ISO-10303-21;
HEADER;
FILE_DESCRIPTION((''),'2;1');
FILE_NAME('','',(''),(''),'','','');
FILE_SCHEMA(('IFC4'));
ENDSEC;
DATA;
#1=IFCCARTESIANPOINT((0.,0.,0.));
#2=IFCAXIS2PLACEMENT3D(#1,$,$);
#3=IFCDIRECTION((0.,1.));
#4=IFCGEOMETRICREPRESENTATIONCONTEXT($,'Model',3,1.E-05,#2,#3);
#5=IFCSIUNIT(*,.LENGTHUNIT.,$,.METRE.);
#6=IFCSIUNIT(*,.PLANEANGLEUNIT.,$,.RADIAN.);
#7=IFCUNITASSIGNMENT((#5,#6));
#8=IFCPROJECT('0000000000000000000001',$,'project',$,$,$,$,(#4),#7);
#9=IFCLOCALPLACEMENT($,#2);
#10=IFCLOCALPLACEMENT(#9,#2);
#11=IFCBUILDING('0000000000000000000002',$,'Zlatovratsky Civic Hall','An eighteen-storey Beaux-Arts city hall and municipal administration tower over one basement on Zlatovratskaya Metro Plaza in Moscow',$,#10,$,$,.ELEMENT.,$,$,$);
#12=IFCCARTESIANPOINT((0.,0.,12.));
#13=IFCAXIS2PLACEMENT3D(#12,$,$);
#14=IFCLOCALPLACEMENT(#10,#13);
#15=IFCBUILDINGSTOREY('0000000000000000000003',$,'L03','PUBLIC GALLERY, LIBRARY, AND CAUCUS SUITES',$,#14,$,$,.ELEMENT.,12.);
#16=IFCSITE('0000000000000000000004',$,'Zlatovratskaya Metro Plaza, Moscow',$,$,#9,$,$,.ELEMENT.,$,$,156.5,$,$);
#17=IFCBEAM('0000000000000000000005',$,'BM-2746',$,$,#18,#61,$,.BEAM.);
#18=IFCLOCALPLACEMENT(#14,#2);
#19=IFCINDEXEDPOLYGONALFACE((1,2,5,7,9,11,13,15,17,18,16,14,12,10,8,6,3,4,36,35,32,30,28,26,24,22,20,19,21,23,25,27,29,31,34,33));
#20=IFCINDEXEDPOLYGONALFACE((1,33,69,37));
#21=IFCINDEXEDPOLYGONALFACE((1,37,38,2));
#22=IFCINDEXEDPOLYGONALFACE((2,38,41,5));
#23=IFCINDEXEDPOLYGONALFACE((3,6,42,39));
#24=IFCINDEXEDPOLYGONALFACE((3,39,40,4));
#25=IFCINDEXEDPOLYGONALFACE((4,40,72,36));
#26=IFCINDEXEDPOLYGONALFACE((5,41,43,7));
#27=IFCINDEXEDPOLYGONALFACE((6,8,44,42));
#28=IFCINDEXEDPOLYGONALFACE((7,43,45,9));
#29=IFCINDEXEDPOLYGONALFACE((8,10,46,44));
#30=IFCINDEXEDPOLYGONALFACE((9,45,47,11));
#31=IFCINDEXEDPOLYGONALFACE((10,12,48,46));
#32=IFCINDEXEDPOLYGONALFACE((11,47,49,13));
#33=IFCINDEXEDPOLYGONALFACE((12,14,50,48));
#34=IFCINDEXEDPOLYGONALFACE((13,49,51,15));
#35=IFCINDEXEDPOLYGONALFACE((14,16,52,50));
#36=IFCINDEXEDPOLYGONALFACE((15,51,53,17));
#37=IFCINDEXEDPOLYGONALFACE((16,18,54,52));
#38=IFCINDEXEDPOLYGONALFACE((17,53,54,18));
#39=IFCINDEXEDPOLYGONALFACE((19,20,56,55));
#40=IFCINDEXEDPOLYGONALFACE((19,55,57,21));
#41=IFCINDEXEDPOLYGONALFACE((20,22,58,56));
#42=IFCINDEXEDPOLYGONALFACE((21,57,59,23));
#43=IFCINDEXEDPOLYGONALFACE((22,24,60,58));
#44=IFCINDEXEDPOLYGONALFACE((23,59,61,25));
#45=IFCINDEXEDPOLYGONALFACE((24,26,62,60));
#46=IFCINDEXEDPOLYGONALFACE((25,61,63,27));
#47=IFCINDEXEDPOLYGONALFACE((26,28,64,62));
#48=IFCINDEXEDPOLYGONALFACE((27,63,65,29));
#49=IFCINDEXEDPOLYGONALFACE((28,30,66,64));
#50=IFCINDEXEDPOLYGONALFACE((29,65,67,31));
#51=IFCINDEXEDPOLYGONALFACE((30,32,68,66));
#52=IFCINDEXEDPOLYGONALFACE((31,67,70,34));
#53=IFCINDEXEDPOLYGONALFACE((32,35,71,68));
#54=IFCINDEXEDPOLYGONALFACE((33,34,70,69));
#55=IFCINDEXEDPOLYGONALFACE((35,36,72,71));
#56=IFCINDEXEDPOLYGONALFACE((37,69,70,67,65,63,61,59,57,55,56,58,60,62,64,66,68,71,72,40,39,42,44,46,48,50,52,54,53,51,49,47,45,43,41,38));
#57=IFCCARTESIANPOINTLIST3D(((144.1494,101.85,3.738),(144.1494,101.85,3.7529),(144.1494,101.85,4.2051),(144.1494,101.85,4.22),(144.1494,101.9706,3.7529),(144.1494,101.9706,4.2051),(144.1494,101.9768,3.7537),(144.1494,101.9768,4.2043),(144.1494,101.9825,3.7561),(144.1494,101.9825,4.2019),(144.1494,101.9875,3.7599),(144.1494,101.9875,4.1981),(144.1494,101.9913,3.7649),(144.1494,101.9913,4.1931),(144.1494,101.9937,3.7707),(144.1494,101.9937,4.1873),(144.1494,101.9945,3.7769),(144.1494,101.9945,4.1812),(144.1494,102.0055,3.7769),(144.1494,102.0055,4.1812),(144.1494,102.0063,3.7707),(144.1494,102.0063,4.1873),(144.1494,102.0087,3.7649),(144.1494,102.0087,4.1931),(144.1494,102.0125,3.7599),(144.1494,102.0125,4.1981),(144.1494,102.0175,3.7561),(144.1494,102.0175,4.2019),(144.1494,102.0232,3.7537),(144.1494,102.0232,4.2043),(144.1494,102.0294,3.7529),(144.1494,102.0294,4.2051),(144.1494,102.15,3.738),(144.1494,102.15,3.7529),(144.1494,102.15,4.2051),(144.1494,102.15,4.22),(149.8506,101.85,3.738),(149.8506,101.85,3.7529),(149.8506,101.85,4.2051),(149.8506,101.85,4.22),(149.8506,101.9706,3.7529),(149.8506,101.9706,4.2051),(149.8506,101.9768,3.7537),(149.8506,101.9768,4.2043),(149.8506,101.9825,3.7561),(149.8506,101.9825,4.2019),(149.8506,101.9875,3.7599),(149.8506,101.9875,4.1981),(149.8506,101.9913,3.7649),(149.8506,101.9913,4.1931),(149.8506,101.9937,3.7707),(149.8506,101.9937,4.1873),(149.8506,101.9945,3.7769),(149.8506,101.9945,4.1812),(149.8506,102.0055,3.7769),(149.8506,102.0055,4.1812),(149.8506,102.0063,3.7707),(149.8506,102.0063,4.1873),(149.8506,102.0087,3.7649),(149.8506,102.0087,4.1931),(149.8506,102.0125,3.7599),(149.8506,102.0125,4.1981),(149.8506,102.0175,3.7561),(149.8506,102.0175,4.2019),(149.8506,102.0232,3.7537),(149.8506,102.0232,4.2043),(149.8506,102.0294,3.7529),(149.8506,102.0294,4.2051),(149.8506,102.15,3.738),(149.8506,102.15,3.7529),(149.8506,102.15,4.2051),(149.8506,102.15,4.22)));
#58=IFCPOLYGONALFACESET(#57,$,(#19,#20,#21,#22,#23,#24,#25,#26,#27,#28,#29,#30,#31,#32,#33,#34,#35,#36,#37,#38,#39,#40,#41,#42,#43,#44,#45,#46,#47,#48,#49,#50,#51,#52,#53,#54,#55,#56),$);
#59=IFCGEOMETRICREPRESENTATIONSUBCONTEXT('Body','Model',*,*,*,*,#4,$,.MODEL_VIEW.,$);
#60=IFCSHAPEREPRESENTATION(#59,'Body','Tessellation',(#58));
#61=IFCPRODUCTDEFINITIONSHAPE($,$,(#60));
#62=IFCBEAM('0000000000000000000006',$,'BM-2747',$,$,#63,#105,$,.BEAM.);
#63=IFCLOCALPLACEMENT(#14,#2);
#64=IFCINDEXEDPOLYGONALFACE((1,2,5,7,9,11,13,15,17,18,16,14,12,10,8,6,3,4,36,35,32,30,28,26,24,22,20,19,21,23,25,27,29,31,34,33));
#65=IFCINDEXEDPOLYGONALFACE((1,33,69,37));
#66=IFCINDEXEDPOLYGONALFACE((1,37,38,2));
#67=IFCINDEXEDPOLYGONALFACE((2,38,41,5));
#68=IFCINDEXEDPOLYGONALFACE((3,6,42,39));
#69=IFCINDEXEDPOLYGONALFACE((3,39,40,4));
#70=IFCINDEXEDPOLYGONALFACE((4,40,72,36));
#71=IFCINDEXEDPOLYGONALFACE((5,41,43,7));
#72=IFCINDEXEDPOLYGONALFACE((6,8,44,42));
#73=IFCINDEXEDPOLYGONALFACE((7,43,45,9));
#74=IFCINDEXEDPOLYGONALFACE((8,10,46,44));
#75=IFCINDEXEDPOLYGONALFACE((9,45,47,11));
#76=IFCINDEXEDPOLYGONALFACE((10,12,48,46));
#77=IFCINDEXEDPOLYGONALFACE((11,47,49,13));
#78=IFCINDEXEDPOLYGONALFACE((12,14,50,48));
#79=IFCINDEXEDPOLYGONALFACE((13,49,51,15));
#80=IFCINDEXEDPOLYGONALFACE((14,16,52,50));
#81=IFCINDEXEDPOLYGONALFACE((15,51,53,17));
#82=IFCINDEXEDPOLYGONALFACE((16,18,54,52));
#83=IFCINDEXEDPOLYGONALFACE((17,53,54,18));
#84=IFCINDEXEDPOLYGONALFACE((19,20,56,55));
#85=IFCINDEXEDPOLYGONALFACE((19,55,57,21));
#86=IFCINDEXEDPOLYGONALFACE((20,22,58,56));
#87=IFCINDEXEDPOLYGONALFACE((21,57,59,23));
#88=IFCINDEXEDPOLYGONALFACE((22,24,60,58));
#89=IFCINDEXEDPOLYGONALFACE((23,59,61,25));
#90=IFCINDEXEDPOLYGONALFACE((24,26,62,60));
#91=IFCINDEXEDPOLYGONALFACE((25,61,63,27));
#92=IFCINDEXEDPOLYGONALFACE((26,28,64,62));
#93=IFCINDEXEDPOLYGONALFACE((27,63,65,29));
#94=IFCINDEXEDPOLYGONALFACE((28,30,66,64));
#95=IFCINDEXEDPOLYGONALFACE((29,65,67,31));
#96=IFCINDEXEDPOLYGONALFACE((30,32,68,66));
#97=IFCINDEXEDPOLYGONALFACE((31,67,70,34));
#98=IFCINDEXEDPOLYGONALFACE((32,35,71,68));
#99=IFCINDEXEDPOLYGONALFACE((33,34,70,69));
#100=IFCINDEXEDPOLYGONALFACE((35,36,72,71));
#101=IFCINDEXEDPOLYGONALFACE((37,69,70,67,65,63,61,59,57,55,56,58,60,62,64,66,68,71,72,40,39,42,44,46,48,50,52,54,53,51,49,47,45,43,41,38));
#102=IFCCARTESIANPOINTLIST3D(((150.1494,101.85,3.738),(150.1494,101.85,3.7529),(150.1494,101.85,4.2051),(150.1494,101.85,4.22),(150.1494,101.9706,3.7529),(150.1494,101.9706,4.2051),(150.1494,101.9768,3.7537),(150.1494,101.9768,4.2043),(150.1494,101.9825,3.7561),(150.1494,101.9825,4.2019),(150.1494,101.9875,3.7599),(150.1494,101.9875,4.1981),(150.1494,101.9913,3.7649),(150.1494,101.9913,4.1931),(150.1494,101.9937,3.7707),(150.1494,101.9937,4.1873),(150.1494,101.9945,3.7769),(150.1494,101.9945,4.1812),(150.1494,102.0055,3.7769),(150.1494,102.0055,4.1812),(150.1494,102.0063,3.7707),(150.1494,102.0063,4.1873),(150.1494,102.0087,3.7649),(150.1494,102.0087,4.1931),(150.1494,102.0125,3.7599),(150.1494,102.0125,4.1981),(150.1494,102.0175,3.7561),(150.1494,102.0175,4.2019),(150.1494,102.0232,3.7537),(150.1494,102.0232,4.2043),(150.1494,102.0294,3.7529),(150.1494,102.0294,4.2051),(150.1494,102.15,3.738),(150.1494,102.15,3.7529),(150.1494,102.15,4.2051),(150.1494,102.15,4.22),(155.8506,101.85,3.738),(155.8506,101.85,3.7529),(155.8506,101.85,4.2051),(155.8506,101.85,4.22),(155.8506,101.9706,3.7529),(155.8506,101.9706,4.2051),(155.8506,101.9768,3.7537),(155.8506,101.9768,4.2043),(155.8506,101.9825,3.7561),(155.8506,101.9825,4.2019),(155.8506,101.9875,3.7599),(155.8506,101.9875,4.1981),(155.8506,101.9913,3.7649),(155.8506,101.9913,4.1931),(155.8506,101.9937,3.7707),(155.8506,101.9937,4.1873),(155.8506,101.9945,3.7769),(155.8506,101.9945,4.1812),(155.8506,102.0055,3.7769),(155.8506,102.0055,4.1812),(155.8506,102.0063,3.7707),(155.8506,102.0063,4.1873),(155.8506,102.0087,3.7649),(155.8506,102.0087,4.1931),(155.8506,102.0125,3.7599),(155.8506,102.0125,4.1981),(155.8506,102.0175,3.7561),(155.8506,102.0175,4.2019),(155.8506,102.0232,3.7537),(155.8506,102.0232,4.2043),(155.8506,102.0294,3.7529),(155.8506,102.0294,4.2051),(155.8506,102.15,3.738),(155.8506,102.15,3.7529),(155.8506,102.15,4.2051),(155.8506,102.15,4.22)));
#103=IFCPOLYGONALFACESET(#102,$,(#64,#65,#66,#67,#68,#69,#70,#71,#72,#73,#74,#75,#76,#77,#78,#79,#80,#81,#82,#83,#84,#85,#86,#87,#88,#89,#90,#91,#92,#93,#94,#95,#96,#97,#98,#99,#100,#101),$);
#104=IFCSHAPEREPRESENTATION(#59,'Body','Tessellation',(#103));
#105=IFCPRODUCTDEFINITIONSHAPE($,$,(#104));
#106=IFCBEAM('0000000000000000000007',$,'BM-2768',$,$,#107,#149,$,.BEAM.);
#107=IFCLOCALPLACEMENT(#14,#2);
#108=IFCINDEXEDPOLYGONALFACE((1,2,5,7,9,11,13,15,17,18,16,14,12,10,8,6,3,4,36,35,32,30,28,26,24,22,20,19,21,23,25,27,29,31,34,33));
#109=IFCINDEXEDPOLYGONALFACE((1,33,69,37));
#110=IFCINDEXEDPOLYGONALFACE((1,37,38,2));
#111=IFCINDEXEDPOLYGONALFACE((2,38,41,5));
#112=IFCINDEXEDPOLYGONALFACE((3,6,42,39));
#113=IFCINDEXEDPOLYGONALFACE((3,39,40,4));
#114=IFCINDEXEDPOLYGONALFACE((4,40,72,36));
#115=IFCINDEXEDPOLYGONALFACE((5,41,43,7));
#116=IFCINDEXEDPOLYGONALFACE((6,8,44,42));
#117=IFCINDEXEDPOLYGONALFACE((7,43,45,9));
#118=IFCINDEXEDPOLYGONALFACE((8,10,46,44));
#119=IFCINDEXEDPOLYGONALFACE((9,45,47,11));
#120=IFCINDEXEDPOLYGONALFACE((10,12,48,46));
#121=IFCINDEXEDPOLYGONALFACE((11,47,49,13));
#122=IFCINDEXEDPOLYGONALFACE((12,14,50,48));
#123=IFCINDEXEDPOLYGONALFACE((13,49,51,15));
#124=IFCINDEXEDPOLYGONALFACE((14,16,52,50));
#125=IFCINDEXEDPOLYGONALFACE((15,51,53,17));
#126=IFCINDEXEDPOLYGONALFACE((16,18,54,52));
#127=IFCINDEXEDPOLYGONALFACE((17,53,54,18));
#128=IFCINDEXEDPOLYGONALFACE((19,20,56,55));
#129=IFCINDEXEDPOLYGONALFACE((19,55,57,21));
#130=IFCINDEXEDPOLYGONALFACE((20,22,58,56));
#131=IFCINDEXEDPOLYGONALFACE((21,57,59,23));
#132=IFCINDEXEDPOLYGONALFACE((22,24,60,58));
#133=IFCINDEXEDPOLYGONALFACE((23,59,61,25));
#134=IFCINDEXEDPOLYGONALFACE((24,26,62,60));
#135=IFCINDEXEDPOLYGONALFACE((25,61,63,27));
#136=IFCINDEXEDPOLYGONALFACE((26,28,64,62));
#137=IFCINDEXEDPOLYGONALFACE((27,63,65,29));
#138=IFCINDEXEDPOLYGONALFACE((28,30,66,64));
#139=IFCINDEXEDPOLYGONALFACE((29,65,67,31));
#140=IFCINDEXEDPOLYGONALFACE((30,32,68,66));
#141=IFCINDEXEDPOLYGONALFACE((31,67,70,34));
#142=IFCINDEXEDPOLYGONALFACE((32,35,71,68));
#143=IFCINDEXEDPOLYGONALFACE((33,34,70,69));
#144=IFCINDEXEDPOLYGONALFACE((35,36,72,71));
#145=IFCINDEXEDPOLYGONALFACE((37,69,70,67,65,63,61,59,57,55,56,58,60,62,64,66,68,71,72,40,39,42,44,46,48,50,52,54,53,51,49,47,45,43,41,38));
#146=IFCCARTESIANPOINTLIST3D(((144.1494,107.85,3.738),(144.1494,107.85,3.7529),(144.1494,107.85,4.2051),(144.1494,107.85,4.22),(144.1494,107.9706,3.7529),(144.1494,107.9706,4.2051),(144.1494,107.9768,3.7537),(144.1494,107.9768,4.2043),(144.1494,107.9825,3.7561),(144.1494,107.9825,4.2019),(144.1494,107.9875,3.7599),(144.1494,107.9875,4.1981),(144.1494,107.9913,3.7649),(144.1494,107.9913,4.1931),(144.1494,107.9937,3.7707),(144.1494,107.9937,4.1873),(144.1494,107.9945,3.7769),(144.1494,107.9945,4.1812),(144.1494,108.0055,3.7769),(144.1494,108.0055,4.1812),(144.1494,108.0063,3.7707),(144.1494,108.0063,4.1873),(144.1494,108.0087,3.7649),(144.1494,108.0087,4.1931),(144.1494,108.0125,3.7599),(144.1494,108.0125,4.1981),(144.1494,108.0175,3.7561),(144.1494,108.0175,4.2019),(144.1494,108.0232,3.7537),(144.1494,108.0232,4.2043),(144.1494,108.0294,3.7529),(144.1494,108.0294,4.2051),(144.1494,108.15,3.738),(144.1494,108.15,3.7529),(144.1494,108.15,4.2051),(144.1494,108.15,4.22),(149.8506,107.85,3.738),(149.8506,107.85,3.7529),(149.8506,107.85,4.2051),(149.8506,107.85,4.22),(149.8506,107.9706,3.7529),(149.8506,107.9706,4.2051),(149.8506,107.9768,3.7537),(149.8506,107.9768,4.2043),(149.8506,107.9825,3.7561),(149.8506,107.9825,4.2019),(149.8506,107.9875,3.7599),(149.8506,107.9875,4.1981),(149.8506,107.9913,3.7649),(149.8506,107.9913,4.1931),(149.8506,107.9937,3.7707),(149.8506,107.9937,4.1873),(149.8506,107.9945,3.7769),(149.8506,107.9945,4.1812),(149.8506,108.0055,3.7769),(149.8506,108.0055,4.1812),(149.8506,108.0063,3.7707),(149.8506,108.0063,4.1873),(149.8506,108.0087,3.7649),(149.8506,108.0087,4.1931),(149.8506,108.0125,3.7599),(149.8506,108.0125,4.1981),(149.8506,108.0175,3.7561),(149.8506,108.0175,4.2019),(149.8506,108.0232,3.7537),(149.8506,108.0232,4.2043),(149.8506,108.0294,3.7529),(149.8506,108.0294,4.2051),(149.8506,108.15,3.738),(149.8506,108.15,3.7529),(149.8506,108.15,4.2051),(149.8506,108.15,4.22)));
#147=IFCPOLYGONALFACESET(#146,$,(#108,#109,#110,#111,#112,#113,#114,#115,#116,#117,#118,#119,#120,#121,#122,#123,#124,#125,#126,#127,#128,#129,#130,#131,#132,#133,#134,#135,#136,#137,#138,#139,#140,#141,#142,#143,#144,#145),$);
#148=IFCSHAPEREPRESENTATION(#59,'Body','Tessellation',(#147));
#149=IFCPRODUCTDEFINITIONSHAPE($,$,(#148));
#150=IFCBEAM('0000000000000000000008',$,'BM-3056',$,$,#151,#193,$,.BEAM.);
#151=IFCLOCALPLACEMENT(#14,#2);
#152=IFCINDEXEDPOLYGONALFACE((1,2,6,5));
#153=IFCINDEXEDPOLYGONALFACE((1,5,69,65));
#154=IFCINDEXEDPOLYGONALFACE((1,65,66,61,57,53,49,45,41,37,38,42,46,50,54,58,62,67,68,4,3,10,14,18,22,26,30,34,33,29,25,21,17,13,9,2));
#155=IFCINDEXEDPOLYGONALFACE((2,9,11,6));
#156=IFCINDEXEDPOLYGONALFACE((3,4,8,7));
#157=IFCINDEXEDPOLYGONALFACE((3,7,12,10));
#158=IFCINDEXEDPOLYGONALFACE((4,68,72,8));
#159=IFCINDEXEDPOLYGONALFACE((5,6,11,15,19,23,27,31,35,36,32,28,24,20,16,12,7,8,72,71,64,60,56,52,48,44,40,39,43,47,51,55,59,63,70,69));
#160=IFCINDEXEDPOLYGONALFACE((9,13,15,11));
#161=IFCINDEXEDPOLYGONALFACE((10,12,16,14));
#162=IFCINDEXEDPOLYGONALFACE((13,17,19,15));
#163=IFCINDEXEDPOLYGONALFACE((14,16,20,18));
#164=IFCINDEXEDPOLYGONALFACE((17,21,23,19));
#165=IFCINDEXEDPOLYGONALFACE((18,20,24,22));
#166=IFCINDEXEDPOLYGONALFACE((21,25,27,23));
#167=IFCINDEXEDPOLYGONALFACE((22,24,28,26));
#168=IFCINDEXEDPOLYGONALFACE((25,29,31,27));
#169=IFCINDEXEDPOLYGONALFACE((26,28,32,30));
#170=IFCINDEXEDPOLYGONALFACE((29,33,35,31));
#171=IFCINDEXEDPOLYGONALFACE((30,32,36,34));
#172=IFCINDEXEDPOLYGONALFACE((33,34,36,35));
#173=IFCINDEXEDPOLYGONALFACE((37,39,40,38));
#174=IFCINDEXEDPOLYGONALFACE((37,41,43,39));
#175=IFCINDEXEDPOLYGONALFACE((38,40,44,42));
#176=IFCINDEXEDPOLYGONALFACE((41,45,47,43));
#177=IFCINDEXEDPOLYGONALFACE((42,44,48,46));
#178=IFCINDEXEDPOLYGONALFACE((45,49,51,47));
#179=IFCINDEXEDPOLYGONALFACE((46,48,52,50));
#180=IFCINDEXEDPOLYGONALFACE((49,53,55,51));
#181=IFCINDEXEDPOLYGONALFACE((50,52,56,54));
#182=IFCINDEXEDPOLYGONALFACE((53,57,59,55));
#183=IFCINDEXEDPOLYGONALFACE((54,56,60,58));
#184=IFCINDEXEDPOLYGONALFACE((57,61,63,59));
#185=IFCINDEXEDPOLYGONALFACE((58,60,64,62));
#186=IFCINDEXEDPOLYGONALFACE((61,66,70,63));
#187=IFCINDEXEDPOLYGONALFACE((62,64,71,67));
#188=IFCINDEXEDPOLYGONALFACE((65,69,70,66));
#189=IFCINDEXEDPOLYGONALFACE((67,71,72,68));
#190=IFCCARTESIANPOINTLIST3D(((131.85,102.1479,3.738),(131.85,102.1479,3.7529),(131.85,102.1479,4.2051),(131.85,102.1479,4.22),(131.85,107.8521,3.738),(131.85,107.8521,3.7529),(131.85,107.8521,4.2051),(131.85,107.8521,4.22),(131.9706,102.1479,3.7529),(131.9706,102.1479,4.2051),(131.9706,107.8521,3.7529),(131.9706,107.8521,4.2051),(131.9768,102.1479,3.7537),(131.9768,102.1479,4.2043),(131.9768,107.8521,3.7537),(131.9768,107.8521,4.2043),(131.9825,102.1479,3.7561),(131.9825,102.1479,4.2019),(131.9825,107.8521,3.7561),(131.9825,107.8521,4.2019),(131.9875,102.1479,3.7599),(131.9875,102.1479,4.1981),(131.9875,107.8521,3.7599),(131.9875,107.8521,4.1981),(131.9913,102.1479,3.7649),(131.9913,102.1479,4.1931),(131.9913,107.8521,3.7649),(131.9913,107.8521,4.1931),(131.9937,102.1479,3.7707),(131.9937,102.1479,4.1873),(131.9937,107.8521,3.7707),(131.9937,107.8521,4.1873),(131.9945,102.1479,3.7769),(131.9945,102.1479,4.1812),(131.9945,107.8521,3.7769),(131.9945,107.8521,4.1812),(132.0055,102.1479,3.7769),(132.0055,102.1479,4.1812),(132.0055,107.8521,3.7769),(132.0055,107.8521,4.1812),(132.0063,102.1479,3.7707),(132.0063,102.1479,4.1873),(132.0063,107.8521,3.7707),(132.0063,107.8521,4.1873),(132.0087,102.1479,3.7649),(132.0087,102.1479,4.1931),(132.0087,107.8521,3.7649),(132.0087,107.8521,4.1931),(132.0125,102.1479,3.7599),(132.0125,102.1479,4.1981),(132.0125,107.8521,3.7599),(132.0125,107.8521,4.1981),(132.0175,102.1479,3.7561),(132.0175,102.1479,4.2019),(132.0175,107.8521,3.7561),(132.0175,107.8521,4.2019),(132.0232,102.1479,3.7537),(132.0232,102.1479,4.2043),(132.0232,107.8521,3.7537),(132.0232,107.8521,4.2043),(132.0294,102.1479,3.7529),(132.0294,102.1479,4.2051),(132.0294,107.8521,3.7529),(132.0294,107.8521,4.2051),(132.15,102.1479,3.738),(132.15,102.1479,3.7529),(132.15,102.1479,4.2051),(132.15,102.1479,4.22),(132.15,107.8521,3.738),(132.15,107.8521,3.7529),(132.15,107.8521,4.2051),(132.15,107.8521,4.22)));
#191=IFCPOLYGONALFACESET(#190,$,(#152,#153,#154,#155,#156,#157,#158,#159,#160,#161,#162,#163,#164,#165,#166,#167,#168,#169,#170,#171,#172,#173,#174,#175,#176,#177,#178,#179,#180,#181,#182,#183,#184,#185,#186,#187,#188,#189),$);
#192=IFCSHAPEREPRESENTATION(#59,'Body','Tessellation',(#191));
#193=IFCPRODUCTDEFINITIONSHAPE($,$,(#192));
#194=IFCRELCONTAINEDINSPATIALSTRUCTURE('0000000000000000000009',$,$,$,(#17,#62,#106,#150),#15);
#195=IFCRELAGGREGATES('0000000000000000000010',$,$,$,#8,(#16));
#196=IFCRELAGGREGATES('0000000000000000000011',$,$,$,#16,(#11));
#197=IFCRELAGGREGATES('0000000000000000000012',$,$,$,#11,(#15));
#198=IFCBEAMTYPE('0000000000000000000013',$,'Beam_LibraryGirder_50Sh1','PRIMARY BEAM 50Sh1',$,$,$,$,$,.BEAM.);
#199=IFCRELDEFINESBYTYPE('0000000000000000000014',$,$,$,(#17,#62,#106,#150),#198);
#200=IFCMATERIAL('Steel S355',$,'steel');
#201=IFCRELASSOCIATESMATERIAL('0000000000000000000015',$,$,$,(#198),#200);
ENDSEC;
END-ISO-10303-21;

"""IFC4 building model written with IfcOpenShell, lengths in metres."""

from ifc_helpers import new_model, si_unit, direction, frame, origin, origin_2d, place, context, subcontext, project, spatial, i_section, extrude, material, material_profile, profile_set, type_object, element, save


model = new_model("IFC4")

# Units and contexts
model_context = context("Model", 3, precision=1e-05, world=origin(), true_north=direction((0.0, 1.0)))
body_context = subcontext(model_context, "Body", "Model", "MODEL_VIEW")
ifc_project = project(units=[si_unit("LENGTHUNIT", "METRE"), si_unit("PLANEANGLEUNIT", "RADIAN")], contexts=[model_context])

# Site, building, storey
site_placement = place(None, origin())
site = spatial("IfcSite", under=ifc_project, at=site_placement, Name="Zlatovratskaya Metro Plaza, Moscow", CompositionType="ELEMENT", RefElevation=156.5)
building_placement = place(site_placement, origin())
building = spatial("IfcBuilding", under=site, at=building_placement, Name="Zlatovratsky Civic Hall", Description="An eighteen-storey Beaux-Arts city hall and municipal administration tower over one basement on Zlatovratskaya Metro Plaza in Moscow", CompositionType="ELEMENT")
storey_placement = place(building_placement, frame((0.0, 0.0, 12.0)))
storey = spatial("IfcBuildingStorey", under=building, at=storey_placement, Name="L03", Description="PUBLIC GALLERY, LIBRARY, AND CAUCUS SUITES", CompositionType="ELEMENT", Elevation=12.0)

# Shared definitions
ifc_material_1 = material(Name="Steel S355", Category="steel")

# Beams
ifc_material_profile_1 = material_profile(ifc_material_1, i_section(OverallWidth=0.3, OverallDepth=0.4819, WebThickness=0.011, FlangeThickness=0.0149, FilletRadius=0.0239, at=origin_2d()), Name="50Sh1")
ifc_profile_set_1 = profile_set([ifc_material_profile_1], Name="Steel S355")
beam_type_1 = type_object("IfcBeamType", Name="Beam_LibraryGirder_50Sh1", Description="PRIMARY BEAM 50Sh1", PredefinedType="BEAM", material=ifc_profile_set_1)
for number, where, z_axis, x_axis, name in (
    (1, (144.1494, 102.0, 3.979), (1.0, 0.0, 0.0), (0.0, 1.0, 0.0), "BM-2746"),
    (2, (150.1494, 102.0, 3.979), (1.0, 0.0, 0.0), (0.0, 1.0, 0.0), "BM-2747"),
    (3, (144.1494, 108.0, 3.979), (1.0, 0.0, 0.0), (0.0, 1.0, 0.0), "BM-2768"),
):
    element("IfcBeam", number, at=place(storey_placement, frame(where, z_axis=z_axis, x_axis=x_axis)), inside=storey, type_object=beam_type_1, Name=name, PredefinedType="BEAM", context=body_context, shape_type="SweptSolid", body=[
        extrude(i_section(OverallWidth=0.3, OverallDepth=0.4819, WebThickness=0.011, FlangeThickness=0.0149, FilletRadius=0.0239, at=origin_2d()), origin(), (0.0, 0.0, 1.0), 5.7012),
    ])
beam_1_placement = place(storey_placement, frame((132.0, 102.1479, 3.979), z_axis=(0.0, 1.0, 0.0), x_axis=(-1.0, 0.0, 0.0)))
element("IfcBeam", 4, at=beam_1_placement, inside=storey, type_object=beam_type_1, Name="BM-3056", PredefinedType="BEAM", context=body_context, shape_type="SweptSolid", body=[
    extrude(i_section(OverallWidth=0.3, OverallDepth=0.4819, WebThickness=0.011, FlangeThickness=0.0149, FilletRadius=0.0239, at=origin_2d()), origin(), (0.0, 0.0, 1.0), 5.7041),
])

save(model, "model.ifc")
